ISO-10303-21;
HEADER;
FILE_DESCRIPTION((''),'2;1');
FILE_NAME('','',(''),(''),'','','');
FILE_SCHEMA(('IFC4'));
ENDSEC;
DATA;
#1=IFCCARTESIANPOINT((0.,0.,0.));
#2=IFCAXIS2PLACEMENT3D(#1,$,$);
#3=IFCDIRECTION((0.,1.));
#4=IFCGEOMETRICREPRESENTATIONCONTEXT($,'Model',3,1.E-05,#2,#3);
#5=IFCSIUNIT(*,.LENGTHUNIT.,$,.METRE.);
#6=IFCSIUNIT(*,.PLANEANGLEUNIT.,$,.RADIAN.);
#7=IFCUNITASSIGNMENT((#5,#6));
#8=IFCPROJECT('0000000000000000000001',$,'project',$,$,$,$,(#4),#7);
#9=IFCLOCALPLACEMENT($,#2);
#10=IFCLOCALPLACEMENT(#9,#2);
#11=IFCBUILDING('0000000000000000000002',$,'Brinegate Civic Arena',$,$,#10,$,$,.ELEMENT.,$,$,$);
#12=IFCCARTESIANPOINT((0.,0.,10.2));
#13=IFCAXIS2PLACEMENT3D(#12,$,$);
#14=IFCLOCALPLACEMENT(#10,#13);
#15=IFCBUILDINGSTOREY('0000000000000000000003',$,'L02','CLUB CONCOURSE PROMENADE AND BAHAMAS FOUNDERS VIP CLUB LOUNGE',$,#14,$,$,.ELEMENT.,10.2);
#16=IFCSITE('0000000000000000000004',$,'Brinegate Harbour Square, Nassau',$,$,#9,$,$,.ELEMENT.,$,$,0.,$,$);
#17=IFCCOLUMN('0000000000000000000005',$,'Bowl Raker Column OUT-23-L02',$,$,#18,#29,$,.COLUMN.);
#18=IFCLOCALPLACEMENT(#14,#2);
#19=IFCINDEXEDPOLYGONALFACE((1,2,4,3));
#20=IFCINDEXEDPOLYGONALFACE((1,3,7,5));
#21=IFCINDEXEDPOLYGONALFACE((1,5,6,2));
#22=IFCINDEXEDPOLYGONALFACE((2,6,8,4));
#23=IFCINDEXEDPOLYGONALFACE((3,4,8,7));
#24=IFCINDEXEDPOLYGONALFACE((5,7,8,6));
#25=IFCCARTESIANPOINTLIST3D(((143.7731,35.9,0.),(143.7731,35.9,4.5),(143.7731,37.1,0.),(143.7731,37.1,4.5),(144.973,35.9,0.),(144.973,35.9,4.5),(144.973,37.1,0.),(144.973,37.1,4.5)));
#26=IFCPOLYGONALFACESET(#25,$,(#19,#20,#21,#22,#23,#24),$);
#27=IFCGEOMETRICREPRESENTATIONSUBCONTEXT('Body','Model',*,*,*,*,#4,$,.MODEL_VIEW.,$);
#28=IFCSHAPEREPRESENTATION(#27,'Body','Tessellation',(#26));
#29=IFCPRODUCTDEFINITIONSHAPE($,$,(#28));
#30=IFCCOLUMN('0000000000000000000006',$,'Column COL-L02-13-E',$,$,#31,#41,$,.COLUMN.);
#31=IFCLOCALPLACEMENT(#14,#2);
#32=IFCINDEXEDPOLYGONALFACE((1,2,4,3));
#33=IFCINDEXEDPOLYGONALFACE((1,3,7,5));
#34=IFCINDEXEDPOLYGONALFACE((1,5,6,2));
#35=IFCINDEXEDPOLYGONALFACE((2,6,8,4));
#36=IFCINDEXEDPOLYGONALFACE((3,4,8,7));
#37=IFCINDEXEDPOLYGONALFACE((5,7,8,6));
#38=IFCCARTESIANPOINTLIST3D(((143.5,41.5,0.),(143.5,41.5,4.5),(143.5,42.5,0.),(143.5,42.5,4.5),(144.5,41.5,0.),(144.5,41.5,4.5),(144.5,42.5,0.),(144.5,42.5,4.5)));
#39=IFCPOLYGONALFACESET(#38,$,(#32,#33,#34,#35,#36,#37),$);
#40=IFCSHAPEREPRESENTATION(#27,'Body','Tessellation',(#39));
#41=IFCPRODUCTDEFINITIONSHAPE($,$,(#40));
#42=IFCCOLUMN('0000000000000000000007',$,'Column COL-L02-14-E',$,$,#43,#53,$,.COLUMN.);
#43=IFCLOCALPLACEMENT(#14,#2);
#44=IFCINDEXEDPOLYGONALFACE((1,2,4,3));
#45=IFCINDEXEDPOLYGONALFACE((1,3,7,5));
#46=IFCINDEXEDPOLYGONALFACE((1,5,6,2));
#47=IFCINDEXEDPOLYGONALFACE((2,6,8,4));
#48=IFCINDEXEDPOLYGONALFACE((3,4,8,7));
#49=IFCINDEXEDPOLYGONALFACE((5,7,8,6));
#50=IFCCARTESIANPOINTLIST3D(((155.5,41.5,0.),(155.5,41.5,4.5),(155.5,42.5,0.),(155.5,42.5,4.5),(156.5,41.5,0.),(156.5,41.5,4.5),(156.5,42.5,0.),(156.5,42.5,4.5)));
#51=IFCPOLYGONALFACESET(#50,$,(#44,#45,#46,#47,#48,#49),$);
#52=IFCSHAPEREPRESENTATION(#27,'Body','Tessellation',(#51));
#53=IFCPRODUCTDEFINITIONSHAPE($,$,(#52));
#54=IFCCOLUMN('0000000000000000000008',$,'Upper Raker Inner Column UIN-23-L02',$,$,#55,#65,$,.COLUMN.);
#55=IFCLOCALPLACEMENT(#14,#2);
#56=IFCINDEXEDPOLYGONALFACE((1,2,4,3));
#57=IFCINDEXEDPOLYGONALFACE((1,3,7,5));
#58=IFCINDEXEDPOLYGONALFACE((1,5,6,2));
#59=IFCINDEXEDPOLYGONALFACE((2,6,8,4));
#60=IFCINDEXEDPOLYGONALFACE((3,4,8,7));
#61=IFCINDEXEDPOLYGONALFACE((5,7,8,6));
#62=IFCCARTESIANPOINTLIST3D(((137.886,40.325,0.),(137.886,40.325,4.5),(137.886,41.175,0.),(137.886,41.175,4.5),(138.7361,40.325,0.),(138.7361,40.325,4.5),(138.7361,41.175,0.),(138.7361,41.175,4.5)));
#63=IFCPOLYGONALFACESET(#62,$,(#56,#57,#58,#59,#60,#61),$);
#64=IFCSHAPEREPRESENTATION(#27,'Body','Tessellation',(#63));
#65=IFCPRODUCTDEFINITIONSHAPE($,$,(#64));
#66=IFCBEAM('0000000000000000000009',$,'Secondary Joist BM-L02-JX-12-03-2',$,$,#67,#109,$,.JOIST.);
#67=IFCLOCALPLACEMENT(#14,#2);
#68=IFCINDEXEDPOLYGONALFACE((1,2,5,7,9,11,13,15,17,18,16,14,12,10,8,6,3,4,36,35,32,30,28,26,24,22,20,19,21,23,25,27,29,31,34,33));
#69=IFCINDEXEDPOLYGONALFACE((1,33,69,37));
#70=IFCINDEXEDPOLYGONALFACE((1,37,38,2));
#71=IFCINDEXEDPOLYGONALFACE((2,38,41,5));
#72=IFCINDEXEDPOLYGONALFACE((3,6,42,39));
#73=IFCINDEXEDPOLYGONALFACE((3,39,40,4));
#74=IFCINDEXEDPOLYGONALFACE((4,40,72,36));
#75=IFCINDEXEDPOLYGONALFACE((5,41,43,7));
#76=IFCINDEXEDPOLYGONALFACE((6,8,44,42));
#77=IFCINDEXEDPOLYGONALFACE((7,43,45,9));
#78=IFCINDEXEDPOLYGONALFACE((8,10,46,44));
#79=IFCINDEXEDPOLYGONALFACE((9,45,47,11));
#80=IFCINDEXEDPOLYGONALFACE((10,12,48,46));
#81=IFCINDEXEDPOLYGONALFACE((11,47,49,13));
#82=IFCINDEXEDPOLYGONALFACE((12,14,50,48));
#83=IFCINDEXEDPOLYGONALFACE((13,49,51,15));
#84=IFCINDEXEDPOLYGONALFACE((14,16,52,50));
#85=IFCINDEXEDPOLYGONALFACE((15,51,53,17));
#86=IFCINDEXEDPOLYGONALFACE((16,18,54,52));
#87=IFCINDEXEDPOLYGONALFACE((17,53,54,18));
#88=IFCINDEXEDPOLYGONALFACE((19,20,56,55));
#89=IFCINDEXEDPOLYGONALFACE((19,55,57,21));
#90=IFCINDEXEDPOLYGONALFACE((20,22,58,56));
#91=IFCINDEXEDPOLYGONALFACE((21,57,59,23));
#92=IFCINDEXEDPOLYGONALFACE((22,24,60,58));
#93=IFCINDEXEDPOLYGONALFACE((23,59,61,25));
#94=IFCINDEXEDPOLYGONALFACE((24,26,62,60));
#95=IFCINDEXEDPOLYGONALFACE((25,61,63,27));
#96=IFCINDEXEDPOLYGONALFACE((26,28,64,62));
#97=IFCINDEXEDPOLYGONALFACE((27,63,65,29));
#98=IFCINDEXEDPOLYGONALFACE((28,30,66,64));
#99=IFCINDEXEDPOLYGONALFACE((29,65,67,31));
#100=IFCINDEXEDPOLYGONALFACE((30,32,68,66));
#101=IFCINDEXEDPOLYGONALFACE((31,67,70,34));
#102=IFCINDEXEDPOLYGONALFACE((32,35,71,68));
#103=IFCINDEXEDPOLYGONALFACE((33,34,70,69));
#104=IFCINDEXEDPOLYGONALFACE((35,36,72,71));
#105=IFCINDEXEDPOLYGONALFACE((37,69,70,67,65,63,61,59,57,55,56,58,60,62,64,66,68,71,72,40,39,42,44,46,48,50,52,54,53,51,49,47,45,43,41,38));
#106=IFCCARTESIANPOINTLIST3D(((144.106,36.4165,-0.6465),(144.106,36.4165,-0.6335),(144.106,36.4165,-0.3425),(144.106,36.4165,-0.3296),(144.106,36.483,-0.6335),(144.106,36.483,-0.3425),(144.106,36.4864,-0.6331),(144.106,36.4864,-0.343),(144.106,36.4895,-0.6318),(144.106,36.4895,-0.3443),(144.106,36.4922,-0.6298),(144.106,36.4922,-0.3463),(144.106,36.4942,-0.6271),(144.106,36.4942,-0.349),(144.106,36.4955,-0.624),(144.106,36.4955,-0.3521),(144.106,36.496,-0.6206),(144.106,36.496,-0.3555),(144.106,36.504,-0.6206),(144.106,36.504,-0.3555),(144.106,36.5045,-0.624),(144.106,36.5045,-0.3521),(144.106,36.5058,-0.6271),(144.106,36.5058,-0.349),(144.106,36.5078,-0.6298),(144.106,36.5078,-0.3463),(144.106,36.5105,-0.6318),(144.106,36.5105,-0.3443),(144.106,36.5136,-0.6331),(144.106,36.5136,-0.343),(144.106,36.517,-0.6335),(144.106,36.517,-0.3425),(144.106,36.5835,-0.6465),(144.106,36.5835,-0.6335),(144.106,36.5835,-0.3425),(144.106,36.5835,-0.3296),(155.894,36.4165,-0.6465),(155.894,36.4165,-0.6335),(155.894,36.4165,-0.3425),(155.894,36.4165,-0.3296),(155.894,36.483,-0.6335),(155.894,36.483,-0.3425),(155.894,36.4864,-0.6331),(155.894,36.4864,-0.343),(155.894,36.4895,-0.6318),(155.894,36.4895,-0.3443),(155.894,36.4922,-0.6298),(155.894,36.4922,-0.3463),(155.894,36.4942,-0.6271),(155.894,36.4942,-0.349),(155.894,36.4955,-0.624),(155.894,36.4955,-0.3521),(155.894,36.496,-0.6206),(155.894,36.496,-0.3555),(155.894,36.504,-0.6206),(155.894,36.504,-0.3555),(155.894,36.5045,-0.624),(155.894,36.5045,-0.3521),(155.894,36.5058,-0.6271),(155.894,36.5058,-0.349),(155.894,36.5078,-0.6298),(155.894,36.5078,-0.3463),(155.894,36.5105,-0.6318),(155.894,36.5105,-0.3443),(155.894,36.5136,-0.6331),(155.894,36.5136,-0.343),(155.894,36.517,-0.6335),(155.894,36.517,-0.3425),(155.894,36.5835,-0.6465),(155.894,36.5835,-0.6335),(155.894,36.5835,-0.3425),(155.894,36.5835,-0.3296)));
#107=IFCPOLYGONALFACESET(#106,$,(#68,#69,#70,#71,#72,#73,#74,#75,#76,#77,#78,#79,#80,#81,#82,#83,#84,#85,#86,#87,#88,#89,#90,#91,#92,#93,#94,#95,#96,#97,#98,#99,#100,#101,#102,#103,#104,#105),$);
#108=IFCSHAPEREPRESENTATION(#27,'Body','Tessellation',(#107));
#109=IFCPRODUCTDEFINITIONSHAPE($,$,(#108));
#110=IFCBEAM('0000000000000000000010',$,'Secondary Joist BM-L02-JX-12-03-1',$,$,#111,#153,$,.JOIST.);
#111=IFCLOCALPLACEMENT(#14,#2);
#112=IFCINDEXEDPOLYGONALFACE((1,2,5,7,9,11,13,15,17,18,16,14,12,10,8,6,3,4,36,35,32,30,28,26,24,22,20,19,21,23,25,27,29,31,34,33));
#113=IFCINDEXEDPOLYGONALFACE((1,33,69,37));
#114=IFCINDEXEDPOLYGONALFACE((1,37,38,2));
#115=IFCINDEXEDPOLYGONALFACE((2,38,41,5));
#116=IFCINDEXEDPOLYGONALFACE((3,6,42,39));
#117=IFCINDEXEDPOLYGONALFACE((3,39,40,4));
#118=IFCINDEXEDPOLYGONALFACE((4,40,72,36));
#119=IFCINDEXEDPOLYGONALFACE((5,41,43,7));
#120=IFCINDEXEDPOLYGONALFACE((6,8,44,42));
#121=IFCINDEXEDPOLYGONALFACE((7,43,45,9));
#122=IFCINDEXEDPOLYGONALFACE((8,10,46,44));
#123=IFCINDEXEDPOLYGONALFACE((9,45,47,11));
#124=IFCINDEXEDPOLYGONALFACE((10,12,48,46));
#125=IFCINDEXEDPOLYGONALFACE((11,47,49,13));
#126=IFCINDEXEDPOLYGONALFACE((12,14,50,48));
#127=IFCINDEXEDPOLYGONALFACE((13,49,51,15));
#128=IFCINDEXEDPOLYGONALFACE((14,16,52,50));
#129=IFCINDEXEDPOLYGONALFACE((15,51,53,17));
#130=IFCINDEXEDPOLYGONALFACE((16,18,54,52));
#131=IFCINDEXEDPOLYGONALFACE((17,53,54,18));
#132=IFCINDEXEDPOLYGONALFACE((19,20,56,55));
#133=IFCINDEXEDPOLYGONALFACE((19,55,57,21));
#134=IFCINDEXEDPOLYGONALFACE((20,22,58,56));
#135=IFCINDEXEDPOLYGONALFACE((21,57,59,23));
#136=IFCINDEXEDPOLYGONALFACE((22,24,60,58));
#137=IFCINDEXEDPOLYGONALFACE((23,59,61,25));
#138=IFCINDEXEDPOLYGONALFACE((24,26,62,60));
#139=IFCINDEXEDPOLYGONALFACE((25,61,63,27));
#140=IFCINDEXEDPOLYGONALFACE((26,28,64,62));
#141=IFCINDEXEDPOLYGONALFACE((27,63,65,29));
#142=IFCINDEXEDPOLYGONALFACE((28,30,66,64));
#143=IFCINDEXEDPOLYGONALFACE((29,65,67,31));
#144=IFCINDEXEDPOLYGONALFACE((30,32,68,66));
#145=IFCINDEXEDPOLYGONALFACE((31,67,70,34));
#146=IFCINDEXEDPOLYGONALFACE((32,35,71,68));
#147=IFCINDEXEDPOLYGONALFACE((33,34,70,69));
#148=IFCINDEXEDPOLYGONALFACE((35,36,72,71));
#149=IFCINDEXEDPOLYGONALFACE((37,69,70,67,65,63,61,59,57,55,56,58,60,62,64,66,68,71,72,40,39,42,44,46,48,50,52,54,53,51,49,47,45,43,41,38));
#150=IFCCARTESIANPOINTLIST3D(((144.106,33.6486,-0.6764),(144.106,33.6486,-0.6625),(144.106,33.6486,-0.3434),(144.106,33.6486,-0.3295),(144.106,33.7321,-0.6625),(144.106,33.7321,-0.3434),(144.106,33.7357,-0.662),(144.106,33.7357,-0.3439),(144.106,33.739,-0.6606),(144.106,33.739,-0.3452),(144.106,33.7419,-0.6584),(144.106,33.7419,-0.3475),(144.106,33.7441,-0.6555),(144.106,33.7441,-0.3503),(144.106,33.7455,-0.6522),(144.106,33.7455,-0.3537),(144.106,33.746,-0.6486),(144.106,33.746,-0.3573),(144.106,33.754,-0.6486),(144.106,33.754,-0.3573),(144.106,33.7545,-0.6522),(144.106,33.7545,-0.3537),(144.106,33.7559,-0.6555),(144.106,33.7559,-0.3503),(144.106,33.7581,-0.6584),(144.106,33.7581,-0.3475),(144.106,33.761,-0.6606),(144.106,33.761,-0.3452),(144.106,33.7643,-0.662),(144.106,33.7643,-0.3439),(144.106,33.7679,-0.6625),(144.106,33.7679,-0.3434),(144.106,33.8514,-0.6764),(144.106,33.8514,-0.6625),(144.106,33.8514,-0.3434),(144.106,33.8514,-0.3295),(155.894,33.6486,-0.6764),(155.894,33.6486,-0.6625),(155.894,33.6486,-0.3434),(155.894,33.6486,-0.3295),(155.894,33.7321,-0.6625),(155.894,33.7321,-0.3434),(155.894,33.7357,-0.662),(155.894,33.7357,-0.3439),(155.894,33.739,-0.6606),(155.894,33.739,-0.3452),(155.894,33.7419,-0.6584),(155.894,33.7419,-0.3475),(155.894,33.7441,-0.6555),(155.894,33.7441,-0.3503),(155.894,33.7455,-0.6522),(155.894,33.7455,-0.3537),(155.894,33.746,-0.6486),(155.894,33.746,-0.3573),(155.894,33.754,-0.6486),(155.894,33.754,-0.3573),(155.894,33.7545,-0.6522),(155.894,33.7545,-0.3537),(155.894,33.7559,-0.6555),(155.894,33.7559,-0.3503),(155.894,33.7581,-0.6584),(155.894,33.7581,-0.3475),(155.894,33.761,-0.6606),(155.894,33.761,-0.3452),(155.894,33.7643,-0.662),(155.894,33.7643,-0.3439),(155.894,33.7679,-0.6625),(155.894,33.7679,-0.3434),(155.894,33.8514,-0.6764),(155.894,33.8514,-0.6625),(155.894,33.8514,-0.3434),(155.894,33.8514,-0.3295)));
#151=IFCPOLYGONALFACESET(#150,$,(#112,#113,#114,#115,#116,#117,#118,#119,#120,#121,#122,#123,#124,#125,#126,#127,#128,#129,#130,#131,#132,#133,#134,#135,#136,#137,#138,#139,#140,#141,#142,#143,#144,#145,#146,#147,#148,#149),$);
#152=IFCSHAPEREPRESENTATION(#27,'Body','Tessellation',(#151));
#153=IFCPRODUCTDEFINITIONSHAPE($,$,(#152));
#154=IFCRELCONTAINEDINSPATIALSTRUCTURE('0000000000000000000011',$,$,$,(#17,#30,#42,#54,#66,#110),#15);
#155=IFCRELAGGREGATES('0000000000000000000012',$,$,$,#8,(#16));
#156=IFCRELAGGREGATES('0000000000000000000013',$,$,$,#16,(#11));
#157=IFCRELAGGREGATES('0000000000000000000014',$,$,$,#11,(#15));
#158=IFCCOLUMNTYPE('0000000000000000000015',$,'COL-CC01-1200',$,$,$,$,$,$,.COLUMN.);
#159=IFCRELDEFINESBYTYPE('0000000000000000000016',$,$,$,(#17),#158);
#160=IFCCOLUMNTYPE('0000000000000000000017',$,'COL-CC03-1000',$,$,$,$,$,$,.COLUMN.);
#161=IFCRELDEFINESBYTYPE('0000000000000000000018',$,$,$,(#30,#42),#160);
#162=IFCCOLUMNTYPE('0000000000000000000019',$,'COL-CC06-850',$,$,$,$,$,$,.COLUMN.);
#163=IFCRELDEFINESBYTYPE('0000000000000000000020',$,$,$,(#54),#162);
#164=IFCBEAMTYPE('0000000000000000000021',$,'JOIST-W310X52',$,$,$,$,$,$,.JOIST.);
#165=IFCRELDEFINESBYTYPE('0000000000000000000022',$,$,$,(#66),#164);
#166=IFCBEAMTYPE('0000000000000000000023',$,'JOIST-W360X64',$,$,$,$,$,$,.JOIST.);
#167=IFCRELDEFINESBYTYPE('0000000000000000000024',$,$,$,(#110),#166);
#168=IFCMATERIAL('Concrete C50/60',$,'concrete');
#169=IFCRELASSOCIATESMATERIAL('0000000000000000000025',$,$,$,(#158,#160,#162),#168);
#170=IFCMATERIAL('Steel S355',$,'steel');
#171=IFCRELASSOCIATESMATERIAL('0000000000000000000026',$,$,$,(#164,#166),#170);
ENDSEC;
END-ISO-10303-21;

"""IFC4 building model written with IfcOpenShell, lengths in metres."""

from ifc_helpers import new_model, si_unit, direction, frame, origin, origin_2d, place, context, subcontext, project, spatial, rectangle, i_section, extrude, material, material_profile, profile_set, type_object, element, save


model = new_model("IFC4")

# Units and contexts
model_context = context("Model", 3, precision=1e-05, world=origin(), true_north=direction((0.0, 1.0)))
body_context = subcontext(model_context, "Body", "Model", "MODEL_VIEW")
ifc_project = project(units=[si_unit("LENGTHUNIT", "METRE"), si_unit("PLANEANGLEUNIT", "RADIAN")], contexts=[model_context])

# Site, building, storey
site_placement = place(None, origin())
site = spatial("IfcSite", under=ifc_project, at=site_placement, Name="Brinegate Harbour Square, Nassau", CompositionType="ELEMENT", RefElevation=0.0)
building_placement = place(site_placement, origin())
building = spatial("IfcBuilding", under=site, at=building_placement, Name="Brinegate Civic Arena", CompositionType="ELEMENT")
storey_placement = place(building_placement, frame((0.0, 0.0, 10.2)))
storey = spatial("IfcBuildingStorey", under=building, at=storey_placement, Name="L02", Description="CLUB CONCOURSE PROMENADE AND BAHAMAS FOUNDERS VIP CLUB LOUNGE", CompositionType="ELEMENT", Elevation=10.2)

# Columns
ifc_material_1 = material(Name="Concrete C50/60", Category="concrete")
ifc_material_profile_1 = material_profile(ifc_material_1, rectangle(XDim=1.2, YDim=1.2, at=origin_2d()), Name="RC1200X1200")
ifc_profile_set_1 = profile_set([ifc_material_profile_1], Name="Concrete C50/60")
column_type_1 = type_object("IfcColumnType", Name="COL-CC01-1200", PredefinedType="COLUMN", material=ifc_profile_set_1)
column_1_placement = place(storey_placement, frame((144.373, 36.5, 0.0), z_axis=(0.0, 0.0, 1.0), x_axis=(1.0, 0.0, 0.0)))
element("IfcColumn", 1, at=column_1_placement, inside=storey, type_object=column_type_1, Name="Bowl Raker Column OUT-23-L02", PredefinedType="COLUMN", context=body_context, shape_type="SweptSolid", body=[
    extrude(rectangle(XDim=1.2, YDim=1.2, at=origin_2d()), origin(), (0.0, 0.0, 1.0), 4.5),
])
ifc_material_profile_2 = material_profile(ifc_material_1, rectangle(XDim=1.0, YDim=1.0, at=origin_2d()), Name="RC1000X1000")
ifc_profile_set_2 = profile_set([ifc_material_profile_2], Name="Concrete C50/60")
column_type_2 = type_object("IfcColumnType", Name="COL-CC03-1000", PredefinedType="COLUMN", material=ifc_profile_set_2)
for number, where, z_axis, x_axis, name in (
    (2, (144.0, 42.0, 0.0), (0.0, 0.0, 1.0), (1.0, 0.0, 0.0), "Column COL-L02-13-E"),
    (3, (156.0, 42.0, 0.0), (0.0, 0.0, 1.0), (1.0, 0.0, 0.0), "Column COL-L02-14-E"),
):
    element("IfcColumn", number, at=place(storey_placement, frame(where, z_axis=z_axis, x_axis=x_axis)), inside=storey, type_object=column_type_2, Name=name, PredefinedType="COLUMN", context=body_context, shape_type="SweptSolid", body=[
        extrude(rectangle(XDim=1.0, YDim=1.0, at=origin_2d()), origin(), (0.0, 0.0, 1.0), 4.5),
    ])
ifc_material_profile_3 = material_profile(ifc_material_1, rectangle(XDim=0.8501, YDim=0.8501, at=origin_2d()), Name="RC850X850")
ifc_profile_set_3 = profile_set([ifc_material_profile_3], Name="Concrete C50/60")
column_type_3 = type_object("IfcColumnType", Name="COL-CC06-850", PredefinedType="COLUMN", material=ifc_profile_set_3)
column_2_placement = place(storey_placement, frame((138.311, 40.75, 0.0), z_axis=(0.0, 0.0, 1.0), x_axis=(1.0, 0.0, 0.0)))
element("IfcColumn", 4, at=column_2_placement, inside=storey, type_object=column_type_3, Name="Upper Raker Inner Column UIN-23-L02", PredefinedType="COLUMN", context=body_context, shape_type="SweptSolid", body=[
    extrude(rectangle(XDim=0.8501, YDim=0.8501, at=origin_2d()), origin(), (0.0, 0.0, 1.0), 4.5),
])

# Beams
ifc_material_2 = material(Name="Steel S355", Category="steel")
ifc_material_profile_4 = material_profile(ifc_material_2, i_section(OverallWidth=0.167, OverallDepth=0.3169, WebThickness=0.0081, FlangeThickness=0.0129, FilletRadius=0.0129, at=origin_2d()), Name="W310X52")
ifc_profile_set_4 = profile_set([ifc_material_profile_4], Name="Steel S355")
beam_type_1 = type_object("IfcBeamType", Name="JOIST-W310X52", PredefinedType="JOIST", material=ifc_profile_set_4)
beam_1_placement = place(storey_placement, frame((144.106, 36.5, -0.488), z_axis=(1.0, 0.0, 0.0), x_axis=(0.0, 1.0, 0.0)))
element("IfcBeam", 5, at=beam_1_placement, inside=storey, type_object=beam_type_1, Name="Secondary Joist BM-L02-JX-12-03-2", PredefinedType="JOIST", context=body_context, shape_type="SweptSolid", body=[
    extrude(i_section(OverallWidth=0.167, OverallDepth=0.3169, WebThickness=0.0081, FlangeThickness=0.0129, FilletRadius=0.0129, at=origin_2d()), origin(), (0.0, 0.0, 1.0), 11.7881),
])
ifc_material_profile_5 = material_profile(ifc_material_2, i_section(OverallWidth=0.2029, OverallDepth=0.3469, WebThickness=0.0081, FlangeThickness=0.0139, FilletRadius=0.0139, at=origin_2d()), Name="W360X64")
ifc_profile_set_5 = profile_set([ifc_material_profile_5], Name="Steel S355")
beam_type_2 = type_object("IfcBeamType", Name="JOIST-W360X64", PredefinedType="JOIST", material=ifc_profile_set_5)
beam_2_placement = place(storey_placement, frame((144.106, 33.75, -0.5029), z_axis=(1.0, 0.0, 0.0), x_axis=(0.0, 1.0, 0.0)))
element("IfcBeam", 6, at=beam_2_placement, inside=storey, type_object=beam_type_2, Name="Secondary Joist BM-L02-JX-12-03-1", PredefinedType="JOIST", context=body_context, shape_type="SweptSolid", body=[
    extrude(i_section(OverallWidth=0.2029, OverallDepth=0.3469, WebThickness=0.0081, FlangeThickness=0.0139, FilletRadius=0.0139, at=origin_2d()), origin(), (0.0, 0.0, 1.0), 11.7881),
])

save(model, "model.ifc")
